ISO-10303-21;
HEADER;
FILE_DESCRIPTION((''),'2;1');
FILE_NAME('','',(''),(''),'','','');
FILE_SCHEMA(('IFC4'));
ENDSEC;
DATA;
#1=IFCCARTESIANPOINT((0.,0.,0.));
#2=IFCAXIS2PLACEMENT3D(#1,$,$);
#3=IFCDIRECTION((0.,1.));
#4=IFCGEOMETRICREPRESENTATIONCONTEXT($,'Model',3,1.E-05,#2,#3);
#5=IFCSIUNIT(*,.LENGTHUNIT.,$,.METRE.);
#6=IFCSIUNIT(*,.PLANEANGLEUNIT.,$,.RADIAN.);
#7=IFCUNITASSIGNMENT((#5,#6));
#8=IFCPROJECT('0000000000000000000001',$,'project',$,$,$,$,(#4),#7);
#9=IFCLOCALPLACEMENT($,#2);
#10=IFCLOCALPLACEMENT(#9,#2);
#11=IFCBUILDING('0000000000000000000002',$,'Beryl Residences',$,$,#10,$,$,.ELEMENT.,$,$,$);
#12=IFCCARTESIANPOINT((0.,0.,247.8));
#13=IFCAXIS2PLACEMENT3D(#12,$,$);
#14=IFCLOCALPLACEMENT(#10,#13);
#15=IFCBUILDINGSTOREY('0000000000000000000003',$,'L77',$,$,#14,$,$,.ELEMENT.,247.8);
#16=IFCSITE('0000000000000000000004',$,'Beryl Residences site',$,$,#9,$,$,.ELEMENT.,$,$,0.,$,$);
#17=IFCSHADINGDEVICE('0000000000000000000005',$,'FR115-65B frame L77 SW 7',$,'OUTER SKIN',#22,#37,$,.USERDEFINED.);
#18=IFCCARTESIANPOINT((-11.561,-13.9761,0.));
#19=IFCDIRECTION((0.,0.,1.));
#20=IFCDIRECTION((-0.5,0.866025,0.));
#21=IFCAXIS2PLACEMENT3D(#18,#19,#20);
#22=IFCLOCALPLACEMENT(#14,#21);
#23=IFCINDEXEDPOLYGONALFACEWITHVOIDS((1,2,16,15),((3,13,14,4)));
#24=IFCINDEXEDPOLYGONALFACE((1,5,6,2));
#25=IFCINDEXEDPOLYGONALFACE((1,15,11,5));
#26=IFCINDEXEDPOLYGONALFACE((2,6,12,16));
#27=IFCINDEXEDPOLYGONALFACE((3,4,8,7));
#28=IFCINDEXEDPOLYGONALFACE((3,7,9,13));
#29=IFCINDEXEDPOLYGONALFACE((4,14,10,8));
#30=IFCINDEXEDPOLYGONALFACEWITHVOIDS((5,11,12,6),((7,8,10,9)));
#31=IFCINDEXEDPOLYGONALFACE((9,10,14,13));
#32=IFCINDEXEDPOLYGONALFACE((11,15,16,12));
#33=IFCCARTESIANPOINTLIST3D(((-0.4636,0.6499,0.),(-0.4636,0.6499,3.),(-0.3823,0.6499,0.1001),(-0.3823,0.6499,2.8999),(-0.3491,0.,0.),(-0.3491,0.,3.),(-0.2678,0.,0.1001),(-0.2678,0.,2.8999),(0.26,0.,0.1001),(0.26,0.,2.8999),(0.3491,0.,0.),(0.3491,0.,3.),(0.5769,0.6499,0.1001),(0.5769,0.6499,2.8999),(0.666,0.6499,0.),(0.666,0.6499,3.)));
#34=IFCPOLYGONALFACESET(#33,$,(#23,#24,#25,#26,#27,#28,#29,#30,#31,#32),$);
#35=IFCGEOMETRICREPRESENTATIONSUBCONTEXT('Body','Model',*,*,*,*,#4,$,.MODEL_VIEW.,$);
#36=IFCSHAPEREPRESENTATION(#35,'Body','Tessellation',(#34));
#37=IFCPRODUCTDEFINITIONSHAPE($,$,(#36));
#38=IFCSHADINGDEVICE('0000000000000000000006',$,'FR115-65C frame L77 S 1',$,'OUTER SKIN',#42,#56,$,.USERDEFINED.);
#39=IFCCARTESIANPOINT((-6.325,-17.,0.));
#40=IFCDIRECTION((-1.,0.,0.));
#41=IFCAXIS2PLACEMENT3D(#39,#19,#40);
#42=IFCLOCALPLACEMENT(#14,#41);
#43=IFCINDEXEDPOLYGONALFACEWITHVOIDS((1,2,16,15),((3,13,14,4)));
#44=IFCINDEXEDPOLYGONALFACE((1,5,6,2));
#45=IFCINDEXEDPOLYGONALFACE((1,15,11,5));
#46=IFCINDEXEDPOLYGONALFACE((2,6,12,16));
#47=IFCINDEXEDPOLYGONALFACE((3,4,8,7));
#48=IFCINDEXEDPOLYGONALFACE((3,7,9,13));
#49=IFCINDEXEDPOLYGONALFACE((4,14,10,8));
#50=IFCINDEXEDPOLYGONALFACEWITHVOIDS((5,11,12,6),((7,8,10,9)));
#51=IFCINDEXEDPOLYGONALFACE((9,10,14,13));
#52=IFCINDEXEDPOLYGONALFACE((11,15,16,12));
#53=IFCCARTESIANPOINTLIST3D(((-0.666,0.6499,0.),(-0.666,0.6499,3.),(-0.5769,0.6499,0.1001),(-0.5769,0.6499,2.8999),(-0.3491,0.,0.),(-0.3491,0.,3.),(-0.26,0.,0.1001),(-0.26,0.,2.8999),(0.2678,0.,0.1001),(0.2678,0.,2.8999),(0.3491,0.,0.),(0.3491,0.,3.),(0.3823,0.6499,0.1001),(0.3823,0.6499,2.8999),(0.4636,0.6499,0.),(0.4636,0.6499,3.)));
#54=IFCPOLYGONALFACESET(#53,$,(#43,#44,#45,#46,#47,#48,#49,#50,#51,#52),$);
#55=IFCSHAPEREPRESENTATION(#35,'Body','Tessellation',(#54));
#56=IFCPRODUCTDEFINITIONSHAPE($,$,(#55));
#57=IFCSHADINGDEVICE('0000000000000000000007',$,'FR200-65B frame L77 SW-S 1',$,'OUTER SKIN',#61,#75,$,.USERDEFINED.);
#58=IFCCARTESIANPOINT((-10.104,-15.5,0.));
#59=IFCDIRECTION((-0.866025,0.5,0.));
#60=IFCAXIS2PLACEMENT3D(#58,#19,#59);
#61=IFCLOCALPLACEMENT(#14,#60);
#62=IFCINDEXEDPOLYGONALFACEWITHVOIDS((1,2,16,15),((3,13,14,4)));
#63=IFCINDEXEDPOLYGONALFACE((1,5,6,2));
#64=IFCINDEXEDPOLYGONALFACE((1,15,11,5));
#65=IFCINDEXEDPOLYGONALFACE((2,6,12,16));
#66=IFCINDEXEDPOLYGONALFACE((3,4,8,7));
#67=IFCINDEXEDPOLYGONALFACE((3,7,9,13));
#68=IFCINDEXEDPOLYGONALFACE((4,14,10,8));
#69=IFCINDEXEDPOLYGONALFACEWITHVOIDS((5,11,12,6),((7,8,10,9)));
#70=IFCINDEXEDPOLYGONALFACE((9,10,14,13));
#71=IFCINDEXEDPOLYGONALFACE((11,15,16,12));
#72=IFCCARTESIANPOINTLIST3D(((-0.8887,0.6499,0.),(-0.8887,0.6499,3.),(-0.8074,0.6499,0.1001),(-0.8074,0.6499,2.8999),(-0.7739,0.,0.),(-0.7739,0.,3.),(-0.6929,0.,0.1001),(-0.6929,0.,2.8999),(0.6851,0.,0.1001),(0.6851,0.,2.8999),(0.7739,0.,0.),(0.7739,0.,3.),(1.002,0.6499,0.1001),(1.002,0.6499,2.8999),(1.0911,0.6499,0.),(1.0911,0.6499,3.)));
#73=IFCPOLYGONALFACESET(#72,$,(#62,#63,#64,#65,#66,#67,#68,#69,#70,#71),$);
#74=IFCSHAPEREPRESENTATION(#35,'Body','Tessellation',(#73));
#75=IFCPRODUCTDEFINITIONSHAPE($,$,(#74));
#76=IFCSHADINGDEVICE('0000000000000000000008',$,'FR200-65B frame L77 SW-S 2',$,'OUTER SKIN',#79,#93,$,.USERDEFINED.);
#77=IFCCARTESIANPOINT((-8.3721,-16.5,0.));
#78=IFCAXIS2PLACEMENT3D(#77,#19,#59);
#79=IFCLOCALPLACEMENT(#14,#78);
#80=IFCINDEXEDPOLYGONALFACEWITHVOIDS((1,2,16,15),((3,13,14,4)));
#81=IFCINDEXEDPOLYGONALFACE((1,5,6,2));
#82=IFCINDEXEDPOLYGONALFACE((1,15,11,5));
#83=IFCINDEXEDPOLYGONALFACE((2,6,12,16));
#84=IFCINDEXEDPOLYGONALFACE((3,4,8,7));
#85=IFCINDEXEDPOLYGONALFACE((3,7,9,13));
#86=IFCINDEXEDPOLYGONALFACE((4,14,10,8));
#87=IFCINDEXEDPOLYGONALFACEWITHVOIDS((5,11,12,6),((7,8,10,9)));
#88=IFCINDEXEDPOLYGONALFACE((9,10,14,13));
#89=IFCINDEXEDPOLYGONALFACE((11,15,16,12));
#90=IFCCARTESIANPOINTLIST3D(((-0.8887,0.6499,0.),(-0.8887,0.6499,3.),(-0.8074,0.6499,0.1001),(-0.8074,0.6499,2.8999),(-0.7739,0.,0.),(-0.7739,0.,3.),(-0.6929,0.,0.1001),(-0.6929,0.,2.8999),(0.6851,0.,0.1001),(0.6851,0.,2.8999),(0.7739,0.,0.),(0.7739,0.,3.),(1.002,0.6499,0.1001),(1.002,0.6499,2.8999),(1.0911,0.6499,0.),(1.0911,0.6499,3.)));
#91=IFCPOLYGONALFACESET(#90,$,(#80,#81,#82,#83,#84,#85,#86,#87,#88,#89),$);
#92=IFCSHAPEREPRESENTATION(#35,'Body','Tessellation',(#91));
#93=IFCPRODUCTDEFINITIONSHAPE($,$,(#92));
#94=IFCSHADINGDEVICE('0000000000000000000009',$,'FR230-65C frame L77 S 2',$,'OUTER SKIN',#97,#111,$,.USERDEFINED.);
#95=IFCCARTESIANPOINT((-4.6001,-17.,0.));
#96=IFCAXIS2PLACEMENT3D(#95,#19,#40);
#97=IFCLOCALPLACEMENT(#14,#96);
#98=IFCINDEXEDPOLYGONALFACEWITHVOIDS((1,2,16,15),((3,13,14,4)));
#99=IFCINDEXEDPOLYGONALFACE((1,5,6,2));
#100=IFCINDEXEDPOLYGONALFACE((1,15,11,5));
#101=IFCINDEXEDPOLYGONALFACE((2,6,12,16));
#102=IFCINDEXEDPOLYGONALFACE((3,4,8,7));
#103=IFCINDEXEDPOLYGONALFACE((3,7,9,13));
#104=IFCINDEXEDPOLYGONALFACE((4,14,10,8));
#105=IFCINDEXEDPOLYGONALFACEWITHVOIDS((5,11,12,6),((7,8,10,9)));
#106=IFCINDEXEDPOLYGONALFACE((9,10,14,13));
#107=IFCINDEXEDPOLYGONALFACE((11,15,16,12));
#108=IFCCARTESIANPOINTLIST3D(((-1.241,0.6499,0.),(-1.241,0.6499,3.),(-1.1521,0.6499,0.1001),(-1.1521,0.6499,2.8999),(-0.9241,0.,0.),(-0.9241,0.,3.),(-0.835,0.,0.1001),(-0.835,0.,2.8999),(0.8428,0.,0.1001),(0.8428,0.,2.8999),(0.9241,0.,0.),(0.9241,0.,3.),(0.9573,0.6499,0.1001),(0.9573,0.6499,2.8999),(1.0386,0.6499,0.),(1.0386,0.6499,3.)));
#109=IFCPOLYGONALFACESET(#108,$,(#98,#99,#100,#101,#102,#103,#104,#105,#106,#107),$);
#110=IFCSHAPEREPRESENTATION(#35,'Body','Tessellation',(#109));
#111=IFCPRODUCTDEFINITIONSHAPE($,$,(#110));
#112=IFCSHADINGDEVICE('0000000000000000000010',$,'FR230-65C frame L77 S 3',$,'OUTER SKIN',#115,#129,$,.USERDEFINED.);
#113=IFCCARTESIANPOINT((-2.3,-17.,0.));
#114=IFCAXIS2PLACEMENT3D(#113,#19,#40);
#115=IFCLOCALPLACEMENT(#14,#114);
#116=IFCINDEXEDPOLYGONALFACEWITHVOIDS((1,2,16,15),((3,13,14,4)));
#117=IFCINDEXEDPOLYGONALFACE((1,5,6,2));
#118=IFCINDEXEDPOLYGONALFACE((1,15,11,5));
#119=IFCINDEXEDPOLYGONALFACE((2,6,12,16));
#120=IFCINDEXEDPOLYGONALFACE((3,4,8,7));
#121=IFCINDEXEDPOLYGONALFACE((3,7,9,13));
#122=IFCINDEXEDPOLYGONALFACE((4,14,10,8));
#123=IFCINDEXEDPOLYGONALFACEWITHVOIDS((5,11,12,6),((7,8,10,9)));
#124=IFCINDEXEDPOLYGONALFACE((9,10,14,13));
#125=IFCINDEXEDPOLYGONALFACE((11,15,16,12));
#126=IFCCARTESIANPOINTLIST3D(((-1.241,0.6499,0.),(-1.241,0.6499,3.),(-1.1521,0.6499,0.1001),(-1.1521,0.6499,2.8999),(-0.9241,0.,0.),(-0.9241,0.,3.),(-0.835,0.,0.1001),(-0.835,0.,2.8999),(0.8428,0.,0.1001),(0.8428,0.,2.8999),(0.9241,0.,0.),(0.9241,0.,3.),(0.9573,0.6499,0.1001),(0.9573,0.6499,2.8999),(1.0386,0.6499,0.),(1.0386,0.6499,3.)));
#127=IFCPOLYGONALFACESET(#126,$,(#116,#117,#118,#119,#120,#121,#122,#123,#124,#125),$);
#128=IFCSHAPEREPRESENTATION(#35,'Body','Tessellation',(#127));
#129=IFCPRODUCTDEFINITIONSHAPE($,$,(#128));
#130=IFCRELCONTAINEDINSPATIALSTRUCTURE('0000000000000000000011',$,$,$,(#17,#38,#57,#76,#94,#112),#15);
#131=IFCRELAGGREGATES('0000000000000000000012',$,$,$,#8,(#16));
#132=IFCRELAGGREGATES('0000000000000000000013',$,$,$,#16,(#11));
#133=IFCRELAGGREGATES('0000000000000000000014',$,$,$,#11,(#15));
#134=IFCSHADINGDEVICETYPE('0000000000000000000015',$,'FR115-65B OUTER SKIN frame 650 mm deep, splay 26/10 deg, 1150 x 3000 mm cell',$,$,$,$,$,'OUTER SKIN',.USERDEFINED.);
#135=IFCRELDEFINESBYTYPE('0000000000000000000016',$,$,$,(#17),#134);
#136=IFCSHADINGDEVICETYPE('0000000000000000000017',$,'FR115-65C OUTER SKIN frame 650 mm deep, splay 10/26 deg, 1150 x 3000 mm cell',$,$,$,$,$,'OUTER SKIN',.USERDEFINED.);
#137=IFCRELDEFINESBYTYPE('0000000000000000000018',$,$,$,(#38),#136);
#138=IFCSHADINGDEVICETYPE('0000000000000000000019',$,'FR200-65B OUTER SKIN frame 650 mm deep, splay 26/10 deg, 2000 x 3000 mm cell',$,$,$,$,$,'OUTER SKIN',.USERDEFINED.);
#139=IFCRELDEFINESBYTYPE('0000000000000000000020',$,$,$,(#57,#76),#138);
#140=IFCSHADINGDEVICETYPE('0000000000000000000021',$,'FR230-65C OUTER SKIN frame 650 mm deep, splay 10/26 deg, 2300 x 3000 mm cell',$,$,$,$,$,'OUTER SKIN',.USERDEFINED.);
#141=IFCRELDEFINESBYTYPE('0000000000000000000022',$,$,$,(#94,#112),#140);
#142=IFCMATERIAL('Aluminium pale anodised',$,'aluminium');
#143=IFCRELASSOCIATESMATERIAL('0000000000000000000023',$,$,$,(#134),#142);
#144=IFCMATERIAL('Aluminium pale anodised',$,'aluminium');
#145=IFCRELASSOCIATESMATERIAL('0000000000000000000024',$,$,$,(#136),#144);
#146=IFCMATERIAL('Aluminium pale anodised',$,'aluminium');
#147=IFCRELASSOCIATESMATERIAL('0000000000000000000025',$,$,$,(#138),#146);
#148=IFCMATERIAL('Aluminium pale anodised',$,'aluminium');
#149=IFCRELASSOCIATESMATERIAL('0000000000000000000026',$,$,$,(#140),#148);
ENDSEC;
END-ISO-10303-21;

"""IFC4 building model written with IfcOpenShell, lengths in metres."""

from ifc_helpers import new_model, entity, si_unit, direction, frame, origin, place, context, subcontext, project, spatial, source, transform, mapped, material, type_object, type_shapes, element, save


model = new_model("IFC4")

# Units and contexts
model_context = context("Model", 3, precision=1e-05, world=origin(), true_north=direction((0.0, 1.0)))
body_context = subcontext(model_context, "Body", "Model", "MODEL_VIEW")
ifc_project = project(units=[si_unit("LENGTHUNIT", "METRE"), si_unit("PLANEANGLEUNIT", "RADIAN")], contexts=[model_context])

# Site, building, storey
site_placement = place(None, origin())
site = spatial("IfcSite", under=ifc_project, at=site_placement, Name="Beryl Residences site", CompositionType="ELEMENT", RefElevation=0.0)
building_placement = place(site_placement, origin())
building = spatial("IfcBuilding", under=site, at=building_placement, Name="Beryl Residences", CompositionType="ELEMENT")
storey_placement = place(building_placement, frame((0.0, 0.0, 247.8)))
storey = spatial("IfcBuildingStorey", under=building, at=storey_placement, Name="L77", CompositionType="ELEMENT", Elevation=247.8)

# Shading devices
ifc_material_1 = material(Name="Aluminium pale anodised", Category="aluminium")
shading_device_type_1 = type_object("IfcShadingDeviceType", Name="FR115-65B OUTER SKIN frame 650 mm deep, splay 26/10 deg, 1150 x 3000 mm cell", ElementType="OUTER SKIN", PredefinedType="USERDEFINED", material=ifc_material_1)
cartesian_point_1 = entity("IfcCartesianPoint", [-0.3491, 0.0])
cartesian_point_2 = entity("IfcCartesianPoint", [-0.26, 0.1001])
cartesian_point_3 = entity("IfcCartesianPoint", [-0.666, 0.0])
cartesian_point_4 = entity("IfcCartesianPoint", [-0.5769, 0.1001])
shared_shape_1 = source(origin(), body_context, "Body", "SweptSolid", [
    entity("IfcExtrudedAreaSolidTapered", entity("IfcArbitraryProfileDefWithVoids", "AREA", None, entity("IfcPolyline", [cartesian_point_1, entity("IfcCartesianPoint", [0.3491, 0.0]), entity("IfcCartesianPoint", [0.3491, 3.0]), entity("IfcCartesianPoint", [-0.3491, 3.0]), cartesian_point_1]), [entity("IfcPolyline", [cartesian_point_2, entity("IfcCartesianPoint", [0.2678, 0.1001]), entity("IfcCartesianPoint", [0.2678, 2.8999]), entity("IfcCartesianPoint", [-0.26, 2.8999]), cartesian_point_2])]), entity("IfcAxis2Placement3D", entity("IfcCartesianPoint", [0.0, 0.0, 0.0]), entity("IfcDirection", [0.0, 1.0, 0.0]), entity("IfcDirection", [-1.0, 0.0, 0.0])), entity("IfcDirection", [0.0, 0.0, 1.0]), 0.6499, entity("IfcArbitraryProfileDefWithVoids", "AREA", None, entity("IfcPolyline", [cartesian_point_3, entity("IfcCartesianPoint", [0.4636, 0.0]), entity("IfcCartesianPoint", [0.4636, 3.0]), entity("IfcCartesianPoint", [-0.666, 3.0]), cartesian_point_3]), [entity("IfcPolyline", [cartesian_point_4, entity("IfcCartesianPoint", [0.3823, 0.1001]), entity("IfcCartesianPoint", [0.3823, 2.8999]), entity("IfcCartesianPoint", [-0.5769, 2.8999]), cartesian_point_4])])),
])
type_shapes(shading_device_type_1, [shared_shape_1])
shading_device_1_placement = place(storey_placement, frame((-11.561, -13.9761, 0.0), z_axis=(0.0, 0.0, 1.0), x_axis=(-0.5, 0.866025, 0.0)))
element("IfcShadingDevice", 1, at=shading_device_1_placement, inside=storey, type_object=shading_device_type_1, Name="FR115-65B frame L77 SW 7", ObjectType="OUTER SKIN", PredefinedType="USERDEFINED", context=body_context, shape_type="MappedRepresentation", body=[
    mapped(shared_shape_1, transform((0.0, 0.0, 0.0))),
])
ifc_material_2 = material(Name="Aluminium pale anodised", Category="aluminium")
shading_device_type_2 = type_object("IfcShadingDeviceType", Name="FR115-65C OUTER SKIN frame 650 mm deep, splay 10/26 deg, 1150 x 3000 mm cell", ElementType="OUTER SKIN", PredefinedType="USERDEFINED", material=ifc_material_2)
cartesian_point_5 = entity("IfcCartesianPoint", [-0.3491, 0.0])
cartesian_point_6 = entity("IfcCartesianPoint", [-0.2678, 0.1001])
cartesian_point_7 = entity("IfcCartesianPoint", [-0.4636, 0.0])
cartesian_point_8 = entity("IfcCartesianPoint", [-0.3823, 0.1001])
shared_shape_2 = source(origin(), body_context, "Body", "SweptSolid", [
    entity("IfcExtrudedAreaSolidTapered", entity("IfcArbitraryProfileDefWithVoids", "AREA", None, entity("IfcPolyline", [cartesian_point_5, entity("IfcCartesianPoint", [0.3491, 0.0]), entity("IfcCartesianPoint", [0.3491, 3.0]), entity("IfcCartesianPoint", [-0.3491, 3.0]), cartesian_point_5]), [entity("IfcPolyline", [cartesian_point_6, entity("IfcCartesianPoint", [0.26, 0.1001]), entity("IfcCartesianPoint", [0.26, 2.8999]), entity("IfcCartesianPoint", [-0.2678, 2.8999]), cartesian_point_6])]), entity("IfcAxis2Placement3D", entity("IfcCartesianPoint", [0.0, 0.0, 0.0]), entity("IfcDirection", [0.0, 1.0, 0.0]), entity("IfcDirection", [-1.0, 0.0, 0.0])), entity("IfcDirection", [0.0, 0.0, 1.0]), 0.6499, entity("IfcArbitraryProfileDefWithVoids", "AREA", None, entity("IfcPolyline", [cartesian_point_7, entity("IfcCartesianPoint", [0.666, 0.0]), entity("IfcCartesianPoint", [0.666, 3.0]), entity("IfcCartesianPoint", [-0.4636, 3.0]), cartesian_point_7]), [entity("IfcPolyline", [cartesian_point_8, entity("IfcCartesianPoint", [0.5769, 0.1001]), entity("IfcCartesianPoint", [0.5769, 2.8999]), entity("IfcCartesianPoint", [-0.3823, 2.8999]), cartesian_point_8])])),
])
type_shapes(shading_device_type_2, [shared_shape_2])
shading_device_2_placement = place(storey_placement, frame((-6.325, -17.0, 0.0), z_axis=(0.0, 0.0, 1.0), x_axis=(-1.0, 0.0, 0.0)))
element("IfcShadingDevice", 2, at=shading_device_2_placement, inside=storey, type_object=shading_device_type_2, Name="FR115-65C frame L77 S 1", ObjectType="OUTER SKIN", PredefinedType="USERDEFINED", context=body_context, shape_type="MappedRepresentation", body=[
    mapped(shared_shape_2, transform((0.0, 0.0, 0.0))),
])
ifc_material_3 = material(Name="Aluminium pale anodised", Category="aluminium")
shading_device_type_3 = type_object("IfcShadingDeviceType", Name="FR200-65B OUTER SKIN frame 650 mm deep, splay 26/10 deg, 2000 x 3000 mm cell", ElementType="OUTER SKIN", PredefinedType="USERDEFINED", material=ifc_material_3)
cartesian_point_9 = entity("IfcCartesianPoint", [-0.7739, 0.0])
cartesian_point_10 = entity("IfcCartesianPoint", [-0.6851, 0.1001])
cartesian_point_11 = entity("IfcCartesianPoint", [-1.0911, 0.0])
cartesian_point_12 = entity("IfcCartesianPoint", [-1.002, 0.1001])
shared_shape_3 = source(origin(), body_context, "Body", "SweptSolid", [
    entity("IfcExtrudedAreaSolidTapered", entity("IfcArbitraryProfileDefWithVoids", "AREA", None, entity("IfcPolyline", [cartesian_point_9, entity("IfcCartesianPoint", [0.7739, 0.0]), entity("IfcCartesianPoint", [0.7739, 3.0]), entity("IfcCartesianPoint", [-0.7739, 3.0]), cartesian_point_9]), [entity("IfcPolyline", [cartesian_point_10, entity("IfcCartesianPoint", [0.6929, 0.1001]), entity("IfcCartesianPoint", [0.6929, 2.8999]), entity("IfcCartesianPoint", [-0.6851, 2.8999]), cartesian_point_10])]), entity("IfcAxis2Placement3D", entity("IfcCartesianPoint", [0.0, 0.0, 0.0]), entity("IfcDirection", [0.0, 1.0, 0.0]), entity("IfcDirection", [-1.0, 0.0, 0.0])), entity("IfcDirection", [0.0, 0.0, 1.0]), 0.6499, entity("IfcArbitraryProfileDefWithVoids", "AREA", None, entity("IfcPolyline", [cartesian_point_11, entity("IfcCartesianPoint", [0.8887, 0.0]), entity("IfcCartesianPoint", [0.8887, 3.0]), entity("IfcCartesianPoint", [-1.0911, 3.0]), cartesian_point_11]), [entity("IfcPolyline", [cartesian_point_12, entity("IfcCartesianPoint", [0.8074, 0.1001]), entity("IfcCartesianPoint", [0.8074, 2.8999]), entity("IfcCartesianPoint", [-1.002, 2.8999]), cartesian_point_12])])),
])
type_shapes(shading_device_type_3, [shared_shape_3])
for number, where, z_axis, x_axis, name in (
    (3, (-10.104, -15.5, 0.0), (0.0, 0.0, 1.0), (-0.866025, 0.5, 0.0), "FR200-65B frame L77 SW-S 1"),
    (4, (-8.3721, -16.5, 0.0), (0.0, 0.0, 1.0), (-0.866025, 0.5, 0.0), "FR200-65B frame L77 SW-S 2"),
):
    element("IfcShadingDevice", number, at=place(storey_placement, frame(where, z_axis=z_axis, x_axis=x_axis)), inside=storey, type_object=shading_device_type_3, Name=name, ObjectType="OUTER SKIN", PredefinedType="USERDEFINED", context=body_context, shape_type="MappedRepresentation", body=[
        mapped(shared_shape_3, transform((0.0, 0.0, 0.0))),
    ])
ifc_material_4 = material(Name="Aluminium pale anodised", Category="aluminium")
shading_device_type_4 = type_object("IfcShadingDeviceType", Name="FR230-65C OUTER SKIN frame 650 mm deep, splay 10/26 deg, 2300 x 3000 mm cell", ElementType="OUTER SKIN", PredefinedType="USERDEFINED", material=ifc_material_4)
cartesian_point_13 = entity("IfcCartesianPoint", [-0.9241, 0.0])
cartesian_point_14 = entity("IfcCartesianPoint", [-0.8428, 0.1001])
cartesian_point_15 = entity("IfcCartesianPoint", [-1.0386, 0.0])
cartesian_point_16 = entity("IfcCartesianPoint", [-0.9573, 0.1001])
shared_shape_4 = source(origin(), body_context, "Body", "SweptSolid", [
    entity("IfcExtrudedAreaSolidTapered", entity("IfcArbitraryProfileDefWithVoids", "AREA", None, entity("IfcPolyline", [cartesian_point_13, entity("IfcCartesianPoint", [0.9241, 0.0]), entity("IfcCartesianPoint", [0.9241, 3.0]), entity("IfcCartesianPoint", [-0.9241, 3.0]), cartesian_point_13]), [entity("IfcPolyline", [cartesian_point_14, entity("IfcCartesianPoint", [0.835, 0.1001]), entity("IfcCartesianPoint", [0.835, 2.8999]), entity("IfcCartesianPoint", [-0.8428, 2.8999]), cartesian_point_14])]), entity("IfcAxis2Placement3D", entity("IfcCartesianPoint", [0.0, 0.0, 0.0]), entity("IfcDirection", [0.0, 1.0, 0.0]), entity("IfcDirection", [-1.0, 0.0, 0.0])), entity("IfcDirection", [0.0, 0.0, 1.0]), 0.6499, entity("IfcArbitraryProfileDefWithVoids", "AREA", None, entity("IfcPolyline", [cartesian_point_15, entity("IfcCartesianPoint", [1.241, 0.0]), entity("IfcCartesianPoint", [1.241, 3.0]), entity("IfcCartesianPoint", [-1.0386, 3.0]), cartesian_point_15]), [entity("IfcPolyline", [cartesian_point_16, entity("IfcCartesianPoint", [1.1521, 0.1001]), entity("IfcCartesianPoint", [1.1521, 2.8999]), entity("IfcCartesianPoint", [-0.9573, 2.8999]), cartesian_point_16])])),
])
type_shapes(shading_device_type_4, [shared_shape_4])
for number, where, z_axis, x_axis, name in (
    (5, (-4.6001, -17.0, 0.0), (0.0, 0.0, 1.0), (-1.0, 0.0, 0.0), "FR230-65C frame L77 S 2"),
    (6, (-2.3, -17.0, 0.0), (0.0, 0.0, 1.0), (-1.0, 0.0, 0.0), "FR230-65C frame L77 S 3"),
):
    element("IfcShadingDevice", number, at=place(storey_placement, frame(where, z_axis=z_axis, x_axis=x_axis)), inside=storey, type_object=shading_device_type_4, Name=name, ObjectType="OUTER SKIN", PredefinedType="USERDEFINED", context=body_context, shape_type="MappedRepresentation", body=[
        mapped(shared_shape_4, transform((0.0, 0.0, 0.0))),
    ])

save(model, "model.ifc")
